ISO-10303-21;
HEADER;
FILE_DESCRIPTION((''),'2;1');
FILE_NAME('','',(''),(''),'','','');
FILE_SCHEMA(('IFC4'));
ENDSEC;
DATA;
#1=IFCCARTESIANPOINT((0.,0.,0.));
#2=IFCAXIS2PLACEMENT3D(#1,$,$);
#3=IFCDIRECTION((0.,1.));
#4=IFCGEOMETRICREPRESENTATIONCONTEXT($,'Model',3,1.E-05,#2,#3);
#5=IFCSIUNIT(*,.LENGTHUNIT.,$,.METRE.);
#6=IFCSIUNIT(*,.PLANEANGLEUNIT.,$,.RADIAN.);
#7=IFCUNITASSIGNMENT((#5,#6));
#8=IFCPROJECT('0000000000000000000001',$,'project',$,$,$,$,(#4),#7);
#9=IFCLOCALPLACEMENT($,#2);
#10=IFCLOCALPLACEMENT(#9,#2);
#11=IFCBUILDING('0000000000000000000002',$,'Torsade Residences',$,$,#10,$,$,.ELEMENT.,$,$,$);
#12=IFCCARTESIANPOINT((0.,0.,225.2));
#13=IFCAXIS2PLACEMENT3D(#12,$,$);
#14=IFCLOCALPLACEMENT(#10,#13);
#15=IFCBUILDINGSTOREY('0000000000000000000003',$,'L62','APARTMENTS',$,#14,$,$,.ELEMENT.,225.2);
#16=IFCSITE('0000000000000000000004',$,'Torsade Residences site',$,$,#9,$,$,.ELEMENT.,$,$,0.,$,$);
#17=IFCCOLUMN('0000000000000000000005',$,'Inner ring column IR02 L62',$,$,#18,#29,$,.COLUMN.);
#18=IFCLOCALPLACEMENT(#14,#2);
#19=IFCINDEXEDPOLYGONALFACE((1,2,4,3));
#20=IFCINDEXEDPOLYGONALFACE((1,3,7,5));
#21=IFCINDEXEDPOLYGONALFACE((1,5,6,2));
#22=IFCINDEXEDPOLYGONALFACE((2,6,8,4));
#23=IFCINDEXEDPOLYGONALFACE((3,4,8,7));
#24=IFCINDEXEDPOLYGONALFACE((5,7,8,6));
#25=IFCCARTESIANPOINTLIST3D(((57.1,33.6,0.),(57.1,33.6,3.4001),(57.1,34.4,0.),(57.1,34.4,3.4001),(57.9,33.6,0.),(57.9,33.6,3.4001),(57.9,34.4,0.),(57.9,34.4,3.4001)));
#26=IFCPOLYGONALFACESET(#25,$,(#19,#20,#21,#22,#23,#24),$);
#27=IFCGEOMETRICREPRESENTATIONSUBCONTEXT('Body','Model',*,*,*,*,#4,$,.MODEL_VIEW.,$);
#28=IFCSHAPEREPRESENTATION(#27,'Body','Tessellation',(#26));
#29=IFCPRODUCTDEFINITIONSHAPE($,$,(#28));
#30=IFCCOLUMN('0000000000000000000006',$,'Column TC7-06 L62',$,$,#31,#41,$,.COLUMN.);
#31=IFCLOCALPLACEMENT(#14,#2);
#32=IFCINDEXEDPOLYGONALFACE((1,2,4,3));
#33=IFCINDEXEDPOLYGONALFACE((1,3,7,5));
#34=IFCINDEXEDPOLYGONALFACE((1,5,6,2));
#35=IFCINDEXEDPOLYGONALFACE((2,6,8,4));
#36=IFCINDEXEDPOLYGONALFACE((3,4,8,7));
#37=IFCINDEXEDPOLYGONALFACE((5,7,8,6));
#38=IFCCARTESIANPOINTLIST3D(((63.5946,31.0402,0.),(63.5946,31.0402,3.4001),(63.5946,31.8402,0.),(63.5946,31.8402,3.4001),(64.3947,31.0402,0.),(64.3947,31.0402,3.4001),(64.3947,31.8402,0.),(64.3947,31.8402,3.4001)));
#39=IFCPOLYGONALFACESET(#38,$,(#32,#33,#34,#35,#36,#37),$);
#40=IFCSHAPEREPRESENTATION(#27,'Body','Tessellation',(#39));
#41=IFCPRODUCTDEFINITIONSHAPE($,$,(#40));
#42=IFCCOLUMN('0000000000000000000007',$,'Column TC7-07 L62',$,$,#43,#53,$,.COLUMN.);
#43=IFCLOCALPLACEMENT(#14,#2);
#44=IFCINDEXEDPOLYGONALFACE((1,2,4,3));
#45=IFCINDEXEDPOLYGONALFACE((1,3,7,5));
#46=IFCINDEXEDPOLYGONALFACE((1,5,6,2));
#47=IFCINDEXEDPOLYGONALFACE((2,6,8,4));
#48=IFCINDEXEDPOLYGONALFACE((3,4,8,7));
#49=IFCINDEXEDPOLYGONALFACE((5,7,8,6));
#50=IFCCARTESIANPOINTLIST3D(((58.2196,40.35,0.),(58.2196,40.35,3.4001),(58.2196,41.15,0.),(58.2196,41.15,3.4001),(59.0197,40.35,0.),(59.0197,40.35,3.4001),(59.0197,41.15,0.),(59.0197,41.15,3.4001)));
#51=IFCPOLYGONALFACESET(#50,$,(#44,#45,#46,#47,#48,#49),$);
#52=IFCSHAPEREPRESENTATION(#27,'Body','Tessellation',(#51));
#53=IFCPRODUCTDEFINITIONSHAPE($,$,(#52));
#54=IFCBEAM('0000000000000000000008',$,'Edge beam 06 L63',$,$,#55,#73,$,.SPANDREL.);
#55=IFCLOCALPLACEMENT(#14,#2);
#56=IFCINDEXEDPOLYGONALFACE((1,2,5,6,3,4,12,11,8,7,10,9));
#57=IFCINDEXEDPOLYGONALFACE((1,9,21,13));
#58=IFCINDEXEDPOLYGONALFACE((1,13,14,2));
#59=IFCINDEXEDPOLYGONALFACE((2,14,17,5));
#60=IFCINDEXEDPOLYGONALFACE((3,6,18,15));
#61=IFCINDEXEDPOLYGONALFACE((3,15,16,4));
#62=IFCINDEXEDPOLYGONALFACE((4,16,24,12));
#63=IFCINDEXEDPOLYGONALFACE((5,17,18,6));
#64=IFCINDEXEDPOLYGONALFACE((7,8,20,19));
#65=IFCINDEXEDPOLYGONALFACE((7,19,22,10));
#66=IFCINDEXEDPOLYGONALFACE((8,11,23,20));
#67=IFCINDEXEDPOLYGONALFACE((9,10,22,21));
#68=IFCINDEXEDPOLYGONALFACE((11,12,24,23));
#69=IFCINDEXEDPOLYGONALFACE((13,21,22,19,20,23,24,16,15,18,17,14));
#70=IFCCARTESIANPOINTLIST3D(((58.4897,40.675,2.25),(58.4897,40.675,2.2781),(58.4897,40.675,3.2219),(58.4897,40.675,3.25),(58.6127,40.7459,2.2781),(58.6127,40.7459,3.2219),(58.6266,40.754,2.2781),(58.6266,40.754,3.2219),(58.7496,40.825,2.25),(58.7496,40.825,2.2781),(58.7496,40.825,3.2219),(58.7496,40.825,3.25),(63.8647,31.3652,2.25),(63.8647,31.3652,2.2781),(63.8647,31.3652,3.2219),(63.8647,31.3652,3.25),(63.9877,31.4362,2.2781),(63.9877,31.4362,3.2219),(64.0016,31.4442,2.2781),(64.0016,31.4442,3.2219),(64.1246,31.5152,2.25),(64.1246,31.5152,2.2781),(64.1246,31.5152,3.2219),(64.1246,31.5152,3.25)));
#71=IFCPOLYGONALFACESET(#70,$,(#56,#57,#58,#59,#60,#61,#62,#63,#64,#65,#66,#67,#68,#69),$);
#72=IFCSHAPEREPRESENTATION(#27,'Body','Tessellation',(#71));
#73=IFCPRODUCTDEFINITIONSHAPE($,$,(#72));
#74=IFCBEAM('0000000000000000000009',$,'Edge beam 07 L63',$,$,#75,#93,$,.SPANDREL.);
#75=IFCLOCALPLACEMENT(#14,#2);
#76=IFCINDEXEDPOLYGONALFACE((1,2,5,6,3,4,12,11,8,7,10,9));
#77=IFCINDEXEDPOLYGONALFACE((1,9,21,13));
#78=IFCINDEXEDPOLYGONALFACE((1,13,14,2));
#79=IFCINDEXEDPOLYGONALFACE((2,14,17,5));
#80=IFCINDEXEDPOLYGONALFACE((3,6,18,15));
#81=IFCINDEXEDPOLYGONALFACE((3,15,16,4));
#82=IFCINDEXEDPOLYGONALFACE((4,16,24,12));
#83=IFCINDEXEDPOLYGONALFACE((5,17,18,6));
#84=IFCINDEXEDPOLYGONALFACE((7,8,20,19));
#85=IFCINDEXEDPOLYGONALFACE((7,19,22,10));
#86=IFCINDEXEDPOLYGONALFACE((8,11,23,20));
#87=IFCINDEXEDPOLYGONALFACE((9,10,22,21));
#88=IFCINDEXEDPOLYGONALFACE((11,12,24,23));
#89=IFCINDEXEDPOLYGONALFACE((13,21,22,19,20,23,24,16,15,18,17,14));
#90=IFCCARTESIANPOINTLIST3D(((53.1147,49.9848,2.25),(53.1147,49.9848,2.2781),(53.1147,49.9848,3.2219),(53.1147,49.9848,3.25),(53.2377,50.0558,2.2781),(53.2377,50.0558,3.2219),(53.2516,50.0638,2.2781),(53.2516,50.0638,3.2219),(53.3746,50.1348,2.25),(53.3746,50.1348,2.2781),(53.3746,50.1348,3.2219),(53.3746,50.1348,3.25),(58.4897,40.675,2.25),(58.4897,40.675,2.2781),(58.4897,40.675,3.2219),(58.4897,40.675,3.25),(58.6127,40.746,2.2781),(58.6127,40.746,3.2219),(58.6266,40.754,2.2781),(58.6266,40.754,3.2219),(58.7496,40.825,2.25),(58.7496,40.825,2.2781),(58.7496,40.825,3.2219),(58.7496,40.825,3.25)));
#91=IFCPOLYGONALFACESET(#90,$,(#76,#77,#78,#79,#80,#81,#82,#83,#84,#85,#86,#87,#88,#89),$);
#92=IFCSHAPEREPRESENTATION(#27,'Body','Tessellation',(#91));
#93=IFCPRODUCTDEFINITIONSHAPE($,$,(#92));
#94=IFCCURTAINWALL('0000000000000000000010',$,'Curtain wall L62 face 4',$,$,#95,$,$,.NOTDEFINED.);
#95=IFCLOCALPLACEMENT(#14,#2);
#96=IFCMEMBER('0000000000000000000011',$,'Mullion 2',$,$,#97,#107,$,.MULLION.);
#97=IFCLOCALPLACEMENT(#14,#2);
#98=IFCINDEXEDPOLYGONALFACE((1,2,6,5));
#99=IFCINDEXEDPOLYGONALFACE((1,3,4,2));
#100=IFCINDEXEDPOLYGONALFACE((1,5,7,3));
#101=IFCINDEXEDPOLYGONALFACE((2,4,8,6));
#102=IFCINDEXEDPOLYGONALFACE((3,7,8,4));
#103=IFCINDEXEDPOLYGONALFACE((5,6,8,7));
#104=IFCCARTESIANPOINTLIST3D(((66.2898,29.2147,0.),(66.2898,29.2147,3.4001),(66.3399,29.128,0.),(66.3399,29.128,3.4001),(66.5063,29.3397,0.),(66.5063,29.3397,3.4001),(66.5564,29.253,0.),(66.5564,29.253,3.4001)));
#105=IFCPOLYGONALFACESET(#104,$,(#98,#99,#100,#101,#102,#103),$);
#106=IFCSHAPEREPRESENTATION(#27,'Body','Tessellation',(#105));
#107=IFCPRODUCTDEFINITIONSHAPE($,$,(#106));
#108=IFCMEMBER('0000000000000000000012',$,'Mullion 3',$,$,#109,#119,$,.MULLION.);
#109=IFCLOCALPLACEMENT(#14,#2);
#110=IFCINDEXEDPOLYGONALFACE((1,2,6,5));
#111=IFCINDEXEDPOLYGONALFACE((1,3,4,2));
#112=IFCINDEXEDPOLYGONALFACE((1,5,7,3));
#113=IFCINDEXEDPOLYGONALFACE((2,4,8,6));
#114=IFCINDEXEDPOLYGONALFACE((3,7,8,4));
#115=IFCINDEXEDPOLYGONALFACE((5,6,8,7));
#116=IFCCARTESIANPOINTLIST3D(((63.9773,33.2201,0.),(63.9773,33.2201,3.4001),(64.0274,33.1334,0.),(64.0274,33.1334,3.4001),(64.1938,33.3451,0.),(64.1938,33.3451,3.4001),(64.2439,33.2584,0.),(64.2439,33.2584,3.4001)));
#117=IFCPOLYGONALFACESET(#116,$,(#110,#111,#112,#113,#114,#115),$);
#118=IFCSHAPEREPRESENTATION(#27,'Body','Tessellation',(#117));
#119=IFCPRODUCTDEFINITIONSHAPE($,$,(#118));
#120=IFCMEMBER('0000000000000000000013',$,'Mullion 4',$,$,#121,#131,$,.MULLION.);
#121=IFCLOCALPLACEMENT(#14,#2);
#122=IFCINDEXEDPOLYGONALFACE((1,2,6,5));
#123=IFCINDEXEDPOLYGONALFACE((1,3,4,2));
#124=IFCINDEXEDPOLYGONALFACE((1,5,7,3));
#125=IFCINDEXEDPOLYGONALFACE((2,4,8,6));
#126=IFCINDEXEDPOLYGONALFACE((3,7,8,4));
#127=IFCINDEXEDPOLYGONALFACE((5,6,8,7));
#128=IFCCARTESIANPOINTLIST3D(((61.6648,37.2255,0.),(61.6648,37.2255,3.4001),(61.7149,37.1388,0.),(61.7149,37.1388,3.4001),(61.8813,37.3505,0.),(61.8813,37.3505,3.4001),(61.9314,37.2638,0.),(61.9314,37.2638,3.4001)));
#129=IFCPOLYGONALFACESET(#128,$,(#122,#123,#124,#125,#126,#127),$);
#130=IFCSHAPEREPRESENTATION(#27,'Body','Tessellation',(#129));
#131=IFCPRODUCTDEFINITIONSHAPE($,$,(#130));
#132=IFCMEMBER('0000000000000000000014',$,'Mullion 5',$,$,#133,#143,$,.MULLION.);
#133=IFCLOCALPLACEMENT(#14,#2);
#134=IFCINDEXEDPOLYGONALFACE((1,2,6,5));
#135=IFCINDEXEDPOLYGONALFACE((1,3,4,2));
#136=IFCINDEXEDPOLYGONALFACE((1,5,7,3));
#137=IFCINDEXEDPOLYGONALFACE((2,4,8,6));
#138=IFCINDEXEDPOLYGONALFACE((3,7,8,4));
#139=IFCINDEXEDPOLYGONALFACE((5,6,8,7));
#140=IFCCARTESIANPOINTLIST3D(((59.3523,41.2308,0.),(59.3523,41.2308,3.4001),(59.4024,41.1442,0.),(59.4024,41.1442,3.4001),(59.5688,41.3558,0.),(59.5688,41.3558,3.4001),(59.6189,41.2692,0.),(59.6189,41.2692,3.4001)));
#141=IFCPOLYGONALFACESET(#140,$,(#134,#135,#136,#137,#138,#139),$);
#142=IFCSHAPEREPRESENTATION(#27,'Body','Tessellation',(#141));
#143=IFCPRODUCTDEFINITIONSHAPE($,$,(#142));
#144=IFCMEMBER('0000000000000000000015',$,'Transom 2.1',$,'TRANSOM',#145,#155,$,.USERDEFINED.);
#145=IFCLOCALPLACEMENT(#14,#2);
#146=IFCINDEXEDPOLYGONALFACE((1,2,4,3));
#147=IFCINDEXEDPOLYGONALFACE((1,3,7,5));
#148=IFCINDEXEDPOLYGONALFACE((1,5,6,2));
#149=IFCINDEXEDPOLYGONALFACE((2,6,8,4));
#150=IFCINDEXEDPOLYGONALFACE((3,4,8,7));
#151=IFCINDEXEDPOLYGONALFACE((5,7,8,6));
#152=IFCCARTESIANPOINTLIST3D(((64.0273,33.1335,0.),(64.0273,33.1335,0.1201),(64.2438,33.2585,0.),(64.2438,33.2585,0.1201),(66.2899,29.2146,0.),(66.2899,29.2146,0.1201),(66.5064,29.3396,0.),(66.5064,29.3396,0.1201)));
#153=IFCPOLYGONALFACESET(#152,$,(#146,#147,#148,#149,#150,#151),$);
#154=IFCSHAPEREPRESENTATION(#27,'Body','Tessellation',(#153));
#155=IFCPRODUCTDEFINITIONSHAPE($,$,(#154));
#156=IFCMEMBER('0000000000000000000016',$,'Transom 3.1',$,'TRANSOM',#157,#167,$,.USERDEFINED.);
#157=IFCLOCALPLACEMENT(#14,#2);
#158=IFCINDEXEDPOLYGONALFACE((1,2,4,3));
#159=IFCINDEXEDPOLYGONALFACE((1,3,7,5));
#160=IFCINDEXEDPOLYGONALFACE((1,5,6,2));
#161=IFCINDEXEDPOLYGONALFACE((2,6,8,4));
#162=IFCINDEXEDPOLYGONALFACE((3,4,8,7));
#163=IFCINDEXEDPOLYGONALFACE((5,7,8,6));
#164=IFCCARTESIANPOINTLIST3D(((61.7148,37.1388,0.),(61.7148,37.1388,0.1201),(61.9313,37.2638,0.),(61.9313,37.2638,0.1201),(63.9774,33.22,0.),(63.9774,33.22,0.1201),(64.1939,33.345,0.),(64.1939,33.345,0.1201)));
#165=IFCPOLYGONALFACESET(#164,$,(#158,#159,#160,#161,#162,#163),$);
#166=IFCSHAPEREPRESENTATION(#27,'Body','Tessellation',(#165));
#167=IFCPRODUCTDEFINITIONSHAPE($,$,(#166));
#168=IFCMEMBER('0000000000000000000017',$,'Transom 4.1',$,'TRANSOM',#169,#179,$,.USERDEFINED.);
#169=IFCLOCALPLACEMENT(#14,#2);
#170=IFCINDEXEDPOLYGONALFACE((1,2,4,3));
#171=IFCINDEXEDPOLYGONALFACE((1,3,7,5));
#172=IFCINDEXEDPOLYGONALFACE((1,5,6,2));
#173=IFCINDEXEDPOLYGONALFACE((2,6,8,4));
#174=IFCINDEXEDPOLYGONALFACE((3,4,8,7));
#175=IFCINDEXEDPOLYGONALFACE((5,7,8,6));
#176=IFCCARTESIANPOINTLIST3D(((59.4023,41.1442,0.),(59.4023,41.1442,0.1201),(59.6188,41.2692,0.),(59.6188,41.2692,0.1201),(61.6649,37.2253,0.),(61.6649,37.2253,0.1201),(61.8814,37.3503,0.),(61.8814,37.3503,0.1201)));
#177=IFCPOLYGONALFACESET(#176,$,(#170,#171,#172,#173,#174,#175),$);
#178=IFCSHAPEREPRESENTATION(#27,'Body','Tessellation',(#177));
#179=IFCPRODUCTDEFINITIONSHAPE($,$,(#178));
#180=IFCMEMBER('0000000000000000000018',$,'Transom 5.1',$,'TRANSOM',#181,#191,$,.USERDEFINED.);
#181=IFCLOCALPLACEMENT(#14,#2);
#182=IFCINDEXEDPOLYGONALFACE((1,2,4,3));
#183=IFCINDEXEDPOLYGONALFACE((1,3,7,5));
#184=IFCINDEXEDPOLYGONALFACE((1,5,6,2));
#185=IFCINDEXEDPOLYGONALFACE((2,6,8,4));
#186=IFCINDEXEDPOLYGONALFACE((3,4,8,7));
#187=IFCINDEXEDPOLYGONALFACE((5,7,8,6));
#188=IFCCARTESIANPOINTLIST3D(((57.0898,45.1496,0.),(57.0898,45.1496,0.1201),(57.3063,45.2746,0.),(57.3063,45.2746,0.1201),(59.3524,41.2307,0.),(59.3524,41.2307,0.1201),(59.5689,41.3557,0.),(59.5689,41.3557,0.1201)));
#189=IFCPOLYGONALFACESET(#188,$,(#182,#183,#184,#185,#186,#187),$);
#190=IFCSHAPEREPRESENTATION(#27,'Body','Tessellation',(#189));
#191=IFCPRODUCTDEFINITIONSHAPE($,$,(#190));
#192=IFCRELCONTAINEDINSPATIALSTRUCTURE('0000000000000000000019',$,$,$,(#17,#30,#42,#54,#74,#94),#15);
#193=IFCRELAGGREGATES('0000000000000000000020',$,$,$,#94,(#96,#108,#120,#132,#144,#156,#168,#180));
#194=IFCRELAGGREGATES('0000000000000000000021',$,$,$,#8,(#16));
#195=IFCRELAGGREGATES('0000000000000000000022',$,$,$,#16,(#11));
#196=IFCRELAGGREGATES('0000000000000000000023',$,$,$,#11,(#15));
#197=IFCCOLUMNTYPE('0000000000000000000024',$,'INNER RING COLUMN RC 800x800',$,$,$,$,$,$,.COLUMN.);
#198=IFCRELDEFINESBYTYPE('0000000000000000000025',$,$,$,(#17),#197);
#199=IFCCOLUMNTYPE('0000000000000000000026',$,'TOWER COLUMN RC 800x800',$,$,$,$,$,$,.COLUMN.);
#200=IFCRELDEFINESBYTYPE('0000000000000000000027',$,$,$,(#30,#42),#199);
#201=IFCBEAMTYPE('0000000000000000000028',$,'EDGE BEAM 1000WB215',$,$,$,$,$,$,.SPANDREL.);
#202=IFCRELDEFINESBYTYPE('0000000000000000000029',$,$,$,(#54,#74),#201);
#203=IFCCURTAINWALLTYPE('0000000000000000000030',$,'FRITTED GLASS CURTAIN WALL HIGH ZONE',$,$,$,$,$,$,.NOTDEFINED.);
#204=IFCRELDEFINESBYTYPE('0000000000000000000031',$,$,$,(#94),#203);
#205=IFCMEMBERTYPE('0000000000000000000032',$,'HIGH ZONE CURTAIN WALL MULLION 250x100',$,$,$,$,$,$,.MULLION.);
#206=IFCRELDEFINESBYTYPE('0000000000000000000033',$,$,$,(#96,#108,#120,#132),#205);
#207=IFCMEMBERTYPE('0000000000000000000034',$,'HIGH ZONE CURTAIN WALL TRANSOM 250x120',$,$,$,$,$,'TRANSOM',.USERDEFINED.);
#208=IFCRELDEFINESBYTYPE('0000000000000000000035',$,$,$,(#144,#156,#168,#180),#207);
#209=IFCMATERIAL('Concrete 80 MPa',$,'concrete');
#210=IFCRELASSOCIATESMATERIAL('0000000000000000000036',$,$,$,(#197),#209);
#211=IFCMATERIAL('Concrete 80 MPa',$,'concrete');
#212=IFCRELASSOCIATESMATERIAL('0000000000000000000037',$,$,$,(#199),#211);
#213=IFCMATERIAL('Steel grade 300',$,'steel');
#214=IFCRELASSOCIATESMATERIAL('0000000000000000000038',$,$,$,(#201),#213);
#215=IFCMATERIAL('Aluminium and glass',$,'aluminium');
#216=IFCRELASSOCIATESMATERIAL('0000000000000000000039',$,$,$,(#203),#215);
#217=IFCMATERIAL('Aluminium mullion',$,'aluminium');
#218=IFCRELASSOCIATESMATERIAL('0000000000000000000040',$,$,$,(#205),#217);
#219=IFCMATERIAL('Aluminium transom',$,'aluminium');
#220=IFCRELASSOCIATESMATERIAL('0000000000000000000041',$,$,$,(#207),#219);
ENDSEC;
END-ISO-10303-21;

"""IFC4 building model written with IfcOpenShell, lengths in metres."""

from ifc_helpers import new_model, si_unit, direction, frame, origin, origin_2d, place, context, subcontext, project, spatial, rectangle, i_section, extrude, material, material_profile, profile_set, type_object, element, aggregate, save


model = new_model("IFC4")

# Units and contexts
model_context = context("Model", 3, precision=1e-05, world=origin(), true_north=direction((0.0, 1.0)))
body_context = subcontext(model_context, "Body", "Model", "MODEL_VIEW")
ifc_project = project(units=[si_unit("LENGTHUNIT", "METRE"), si_unit("PLANEANGLEUNIT", "RADIAN")], contexts=[model_context])

# Site, building, storey
site_placement = place(None, origin())
site = spatial("IfcSite", under=ifc_project, at=site_placement, Name="Torsade Residences site", CompositionType="ELEMENT", RefElevation=0.0)
building_placement = place(site_placement, origin())
building = spatial("IfcBuilding", under=site, at=building_placement, Name="Torsade Residences", CompositionType="ELEMENT")
storey_placement = place(building_placement, frame((0.0, 0.0, 225.2)))
storey = spatial("IfcBuildingStorey", under=building, at=storey_placement, Name="L62", Description="APARTMENTS", CompositionType="ELEMENT", Elevation=225.2)

# Columns
ifc_material_1 = material(Name="Concrete 80 MPa", Category="concrete")
ifc_material_profile_1 = material_profile(ifc_material_1, rectangle(XDim=0.8, YDim=0.8, at=origin_2d()), Name="RC 800x800")
ifc_profile_set_1 = profile_set([ifc_material_profile_1], Name="Concrete 80 MPa")
column_type_1 = type_object("IfcColumnType", Name="INNER RING COLUMN RC 800x800", PredefinedType="COLUMN", material=ifc_profile_set_1)
column_placement = place(storey_placement, frame((57.5, 34.0, 0.0), z_axis=(0.0, 0.0, 1.0), x_axis=(1.0, 0.0, 0.0)))
element("IfcColumn", 1, at=column_placement, inside=storey, type_object=column_type_1, Name="Inner ring column IR02 L62", PredefinedType="COLUMN", context=body_context, shape_type="SweptSolid", body=[
    extrude(rectangle(XDim=0.8, YDim=0.8, at=origin_2d()), origin(), (0.0, 0.0, 1.0), 3.4001),
])
ifc_material_2 = material(Name="Concrete 80 MPa", Category="concrete")
ifc_material_profile_2 = material_profile(ifc_material_2, rectangle(XDim=0.8, YDim=0.8, at=origin_2d()), Name="RC 800x800")
ifc_profile_set_2 = profile_set([ifc_material_profile_2], Name="Concrete 80 MPa")
column_type_2 = type_object("IfcColumnType", Name="TOWER COLUMN RC 800x800", PredefinedType="COLUMN", material=ifc_profile_set_2)
for number, where, z_axis, x_axis, name in (
    (2, (63.9946, 31.4402, 0.0), (0.0, 0.0, 1.0), (1.0, 0.0, 0.0), "Column TC7-06 L62"),
    (3, (58.6196, 40.75, 0.0), (0.0, 0.0, 1.0), (1.0, 0.0, 0.0), "Column TC7-07 L62"),
):
    element("IfcColumn", number, at=place(storey_placement, frame(where, z_axis=z_axis, x_axis=x_axis)), inside=storey, type_object=column_type_2, Name=name, PredefinedType="COLUMN", context=body_context, shape_type="SweptSolid", body=[
        extrude(rectangle(XDim=0.8, YDim=0.8, at=origin_2d()), origin(), (0.0, 0.0, 1.0), 3.4001),
    ])

# Beams
ifc_material_3 = material(Name="Steel grade 300", Category="steel")
ifc_material_profile_3 = material_profile(ifc_material_3, i_section(OverallWidth=0.3, OverallDepth=1.0, WebThickness=0.0161, FlangeThickness=0.0281, at=origin_2d()), Name="1000WB215")
ifc_profile_set_3 = profile_set([ifc_material_profile_3], Name="Steel grade 300")
beam_type_1 = type_object("IfcBeamType", Name="EDGE BEAM 1000WB215", PredefinedType="SPANDREL", material=ifc_profile_set_3)
for number, where, z_axis, x_axis, name in (
    (4, (63.9946, 31.4402, 2.75), (-0.499998, 0.866026, 0.0), (-0.866026, -0.499998, 0.0), "Edge beam 06 L63"),
    (5, (58.6196, 40.75, 2.75), (-0.499998, 0.866026, 0.0), (-0.866026, -0.499998, 0.0), "Edge beam 07 L63"),
):
    element("IfcBeam", number, at=place(storey_placement, frame(where, z_axis=z_axis, x_axis=x_axis)), inside=storey, type_object=beam_type_1, Name=name, PredefinedType="SPANDREL", context=body_context, shape_type="SweptSolid", body=[
        extrude(i_section(OverallWidth=0.3, OverallDepth=1.0, WebThickness=0.0161, FlangeThickness=0.0281, at=origin_2d()), origin(), (0.0, 0.0, 1.0), 10.75),
    ])

# Curtain wall, members
ifc_material_4 = material(Name="Aluminium and glass", Category="aluminium")
curtain_wall_type = type_object("IfcCurtainWallType", Name="FRITTED GLASS CURTAIN WALL HIGH ZONE", PredefinedType="NOTDEFINED", material=ifc_material_4)
curtain_wall_placement = place(storey_placement, origin())
curtain_wall = element("IfcCurtainWall", 6, at=curtain_wall_placement, inside=storey, type_object=curtain_wall_type, Name="Curtain wall L62 face 4", PredefinedType="NOTDEFINED")
ifc_material_5 = material(Name="Aluminium mullion", Category="aluminium")
ifc_material_profile_4 = material_profile(ifc_material_5, rectangle(XDim=0.25, YDim=0.1001, at=origin_2d()), Name="HIGH ZONE CURTAIN WALL MULLION 250x100")
ifc_profile_set_4 = profile_set([ifc_material_profile_4], Name="Aluminium mullion")
member_type_1 = type_object("IfcMemberType", Name="HIGH ZONE CURTAIN WALL MULLION 250x100", PredefinedType="MULLION", material=ifc_profile_set_4)
member_1_placement = place(storey_placement, frame((66.4231, 29.2339, 0.0), z_axis=(0.0, 0.0, 1.0), x_axis=(-0.866025, -0.5, 0.0)))
member_1 = element("IfcMember", 7, at=member_1_placement, type_object=member_type_1, Name="Mullion 2", PredefinedType="MULLION", context=body_context, shape_type="SweptSolid", body=[
    extrude(rectangle(XDim=0.25, YDim=0.1001, at=origin_2d()), origin(), (0.0, 0.0, 1.0), 3.4001),
])
member_2_placement = place(storey_placement, frame((64.1106, 33.2393, 0.0), z_axis=(0.0, 0.0, 1.0), x_axis=(-0.866025, -0.5, 0.0)))
member_2 = element("IfcMember", 8, at=member_2_placement, type_object=member_type_1, Name="Mullion 3", PredefinedType="MULLION", context=body_context, shape_type="SweptSolid", body=[
    extrude(rectangle(XDim=0.25, YDim=0.1001, at=origin_2d()), origin(), (0.0, 0.0, 1.0), 3.4001),
])
member_3_placement = place(storey_placement, frame((61.7981, 37.2446, 0.0), z_axis=(0.0, 0.0, 1.0), x_axis=(-0.866025, -0.5, 0.0)))
member_3 = element("IfcMember", 9, at=member_3_placement, type_object=member_type_1, Name="Mullion 4", PredefinedType="MULLION", context=body_context, shape_type="SweptSolid", body=[
    extrude(rectangle(XDim=0.25, YDim=0.1001, at=origin_2d()), origin(), (0.0, 0.0, 1.0), 3.4001),
])
member_4_placement = place(storey_placement, frame((59.4856, 41.25, 0.0), z_axis=(0.0, 0.0, 1.0), x_axis=(-0.866025, -0.5, 0.0)))
member_4 = element("IfcMember", 10, at=member_4_placement, type_object=member_type_1, Name="Mullion 5", PredefinedType="MULLION", context=body_context, shape_type="SweptSolid", body=[
    extrude(rectangle(XDim=0.25, YDim=0.1001, at=origin_2d()), origin(), (0.0, 0.0, 1.0), 3.4001),
])
ifc_material_6 = material(Name="Aluminium transom", Category="aluminium")
ifc_material_profile_5 = material_profile(ifc_material_6, rectangle(XDim=0.25, YDim=0.1201, at=origin_2d()), Name="HIGH ZONE CURTAIN WALL TRANSOM 250x120")
ifc_profile_set_5 = profile_set([ifc_material_profile_5], Name="Aluminium transom")
member_type_2 = type_object("IfcMemberType", Name="HIGH ZONE CURTAIN WALL TRANSOM 250x120", ElementType="TRANSOM", PredefinedType="USERDEFINED", material=ifc_profile_set_5)
member_5_placement = place(storey_placement, frame((66.3982, 29.2771, 0.0601), z_axis=(-0.500015, 0.866017, 0.0), x_axis=(-0.866017, -0.500015, 0.0)))
member_5 = element("IfcMember", 11, at=member_5_placement, type_object=member_type_2, Name="Transom 2.1", ObjectType="TRANSOM", PredefinedType="USERDEFINED", context=body_context, shape_type="SweptSolid", body=[
    extrude(rectangle(XDim=0.25, YDim=0.1201, at=origin_2d()), origin(), (0.0, 0.0, 1.0), 4.5251),
])
member_6_placement = place(storey_placement, frame((64.0857, 33.2825, 0.0601), z_axis=(-0.500015, 0.866017, 0.0), x_axis=(-0.866017, -0.500015, 0.0)))
member_6 = element("IfcMember", 12, at=member_6_placement, type_object=member_type_2, Name="Transom 3.1", ObjectType="TRANSOM", PredefinedType="USERDEFINED", context=body_context, shape_type="SweptSolid", body=[
    extrude(rectangle(XDim=0.25, YDim=0.1201, at=origin_2d()), origin(), (0.0, 0.0, 1.0), 4.5251),
])
member_7_placement = place(storey_placement, frame((61.7732, 37.2878, 0.0601), z_axis=(-0.500015, 0.866017, 0.0), x_axis=(-0.866017, -0.500015, 0.0)))
member_7 = element("IfcMember", 13, at=member_7_placement, type_object=member_type_2, Name="Transom 4.1", ObjectType="TRANSOM", PredefinedType="USERDEFINED", context=body_context, shape_type="SweptSolid", body=[
    extrude(rectangle(XDim=0.25, YDim=0.1201, at=origin_2d()), origin(), (0.0, 0.0, 1.0), 4.5251),
])
member_8_placement = place(storey_placement, frame((59.4607, 41.2932, 0.0601), z_axis=(-0.500015, 0.866017, 0.0), x_axis=(-0.866017, -0.500015, 0.0)))
member_8 = element("IfcMember", 14, at=member_8_placement, type_object=member_type_2, Name="Transom 5.1", ObjectType="TRANSOM", PredefinedType="USERDEFINED", context=body_context, shape_type="SweptSolid", body=[
    extrude(rectangle(XDim=0.25, YDim=0.1201, at=origin_2d()), origin(), (0.0, 0.0, 1.0), 4.5251),
])

aggregate(curtain_wall, [member_1, member_2, member_3, member_4, member_5, member_6, member_7, member_8])

save(model, "model.ifc")
